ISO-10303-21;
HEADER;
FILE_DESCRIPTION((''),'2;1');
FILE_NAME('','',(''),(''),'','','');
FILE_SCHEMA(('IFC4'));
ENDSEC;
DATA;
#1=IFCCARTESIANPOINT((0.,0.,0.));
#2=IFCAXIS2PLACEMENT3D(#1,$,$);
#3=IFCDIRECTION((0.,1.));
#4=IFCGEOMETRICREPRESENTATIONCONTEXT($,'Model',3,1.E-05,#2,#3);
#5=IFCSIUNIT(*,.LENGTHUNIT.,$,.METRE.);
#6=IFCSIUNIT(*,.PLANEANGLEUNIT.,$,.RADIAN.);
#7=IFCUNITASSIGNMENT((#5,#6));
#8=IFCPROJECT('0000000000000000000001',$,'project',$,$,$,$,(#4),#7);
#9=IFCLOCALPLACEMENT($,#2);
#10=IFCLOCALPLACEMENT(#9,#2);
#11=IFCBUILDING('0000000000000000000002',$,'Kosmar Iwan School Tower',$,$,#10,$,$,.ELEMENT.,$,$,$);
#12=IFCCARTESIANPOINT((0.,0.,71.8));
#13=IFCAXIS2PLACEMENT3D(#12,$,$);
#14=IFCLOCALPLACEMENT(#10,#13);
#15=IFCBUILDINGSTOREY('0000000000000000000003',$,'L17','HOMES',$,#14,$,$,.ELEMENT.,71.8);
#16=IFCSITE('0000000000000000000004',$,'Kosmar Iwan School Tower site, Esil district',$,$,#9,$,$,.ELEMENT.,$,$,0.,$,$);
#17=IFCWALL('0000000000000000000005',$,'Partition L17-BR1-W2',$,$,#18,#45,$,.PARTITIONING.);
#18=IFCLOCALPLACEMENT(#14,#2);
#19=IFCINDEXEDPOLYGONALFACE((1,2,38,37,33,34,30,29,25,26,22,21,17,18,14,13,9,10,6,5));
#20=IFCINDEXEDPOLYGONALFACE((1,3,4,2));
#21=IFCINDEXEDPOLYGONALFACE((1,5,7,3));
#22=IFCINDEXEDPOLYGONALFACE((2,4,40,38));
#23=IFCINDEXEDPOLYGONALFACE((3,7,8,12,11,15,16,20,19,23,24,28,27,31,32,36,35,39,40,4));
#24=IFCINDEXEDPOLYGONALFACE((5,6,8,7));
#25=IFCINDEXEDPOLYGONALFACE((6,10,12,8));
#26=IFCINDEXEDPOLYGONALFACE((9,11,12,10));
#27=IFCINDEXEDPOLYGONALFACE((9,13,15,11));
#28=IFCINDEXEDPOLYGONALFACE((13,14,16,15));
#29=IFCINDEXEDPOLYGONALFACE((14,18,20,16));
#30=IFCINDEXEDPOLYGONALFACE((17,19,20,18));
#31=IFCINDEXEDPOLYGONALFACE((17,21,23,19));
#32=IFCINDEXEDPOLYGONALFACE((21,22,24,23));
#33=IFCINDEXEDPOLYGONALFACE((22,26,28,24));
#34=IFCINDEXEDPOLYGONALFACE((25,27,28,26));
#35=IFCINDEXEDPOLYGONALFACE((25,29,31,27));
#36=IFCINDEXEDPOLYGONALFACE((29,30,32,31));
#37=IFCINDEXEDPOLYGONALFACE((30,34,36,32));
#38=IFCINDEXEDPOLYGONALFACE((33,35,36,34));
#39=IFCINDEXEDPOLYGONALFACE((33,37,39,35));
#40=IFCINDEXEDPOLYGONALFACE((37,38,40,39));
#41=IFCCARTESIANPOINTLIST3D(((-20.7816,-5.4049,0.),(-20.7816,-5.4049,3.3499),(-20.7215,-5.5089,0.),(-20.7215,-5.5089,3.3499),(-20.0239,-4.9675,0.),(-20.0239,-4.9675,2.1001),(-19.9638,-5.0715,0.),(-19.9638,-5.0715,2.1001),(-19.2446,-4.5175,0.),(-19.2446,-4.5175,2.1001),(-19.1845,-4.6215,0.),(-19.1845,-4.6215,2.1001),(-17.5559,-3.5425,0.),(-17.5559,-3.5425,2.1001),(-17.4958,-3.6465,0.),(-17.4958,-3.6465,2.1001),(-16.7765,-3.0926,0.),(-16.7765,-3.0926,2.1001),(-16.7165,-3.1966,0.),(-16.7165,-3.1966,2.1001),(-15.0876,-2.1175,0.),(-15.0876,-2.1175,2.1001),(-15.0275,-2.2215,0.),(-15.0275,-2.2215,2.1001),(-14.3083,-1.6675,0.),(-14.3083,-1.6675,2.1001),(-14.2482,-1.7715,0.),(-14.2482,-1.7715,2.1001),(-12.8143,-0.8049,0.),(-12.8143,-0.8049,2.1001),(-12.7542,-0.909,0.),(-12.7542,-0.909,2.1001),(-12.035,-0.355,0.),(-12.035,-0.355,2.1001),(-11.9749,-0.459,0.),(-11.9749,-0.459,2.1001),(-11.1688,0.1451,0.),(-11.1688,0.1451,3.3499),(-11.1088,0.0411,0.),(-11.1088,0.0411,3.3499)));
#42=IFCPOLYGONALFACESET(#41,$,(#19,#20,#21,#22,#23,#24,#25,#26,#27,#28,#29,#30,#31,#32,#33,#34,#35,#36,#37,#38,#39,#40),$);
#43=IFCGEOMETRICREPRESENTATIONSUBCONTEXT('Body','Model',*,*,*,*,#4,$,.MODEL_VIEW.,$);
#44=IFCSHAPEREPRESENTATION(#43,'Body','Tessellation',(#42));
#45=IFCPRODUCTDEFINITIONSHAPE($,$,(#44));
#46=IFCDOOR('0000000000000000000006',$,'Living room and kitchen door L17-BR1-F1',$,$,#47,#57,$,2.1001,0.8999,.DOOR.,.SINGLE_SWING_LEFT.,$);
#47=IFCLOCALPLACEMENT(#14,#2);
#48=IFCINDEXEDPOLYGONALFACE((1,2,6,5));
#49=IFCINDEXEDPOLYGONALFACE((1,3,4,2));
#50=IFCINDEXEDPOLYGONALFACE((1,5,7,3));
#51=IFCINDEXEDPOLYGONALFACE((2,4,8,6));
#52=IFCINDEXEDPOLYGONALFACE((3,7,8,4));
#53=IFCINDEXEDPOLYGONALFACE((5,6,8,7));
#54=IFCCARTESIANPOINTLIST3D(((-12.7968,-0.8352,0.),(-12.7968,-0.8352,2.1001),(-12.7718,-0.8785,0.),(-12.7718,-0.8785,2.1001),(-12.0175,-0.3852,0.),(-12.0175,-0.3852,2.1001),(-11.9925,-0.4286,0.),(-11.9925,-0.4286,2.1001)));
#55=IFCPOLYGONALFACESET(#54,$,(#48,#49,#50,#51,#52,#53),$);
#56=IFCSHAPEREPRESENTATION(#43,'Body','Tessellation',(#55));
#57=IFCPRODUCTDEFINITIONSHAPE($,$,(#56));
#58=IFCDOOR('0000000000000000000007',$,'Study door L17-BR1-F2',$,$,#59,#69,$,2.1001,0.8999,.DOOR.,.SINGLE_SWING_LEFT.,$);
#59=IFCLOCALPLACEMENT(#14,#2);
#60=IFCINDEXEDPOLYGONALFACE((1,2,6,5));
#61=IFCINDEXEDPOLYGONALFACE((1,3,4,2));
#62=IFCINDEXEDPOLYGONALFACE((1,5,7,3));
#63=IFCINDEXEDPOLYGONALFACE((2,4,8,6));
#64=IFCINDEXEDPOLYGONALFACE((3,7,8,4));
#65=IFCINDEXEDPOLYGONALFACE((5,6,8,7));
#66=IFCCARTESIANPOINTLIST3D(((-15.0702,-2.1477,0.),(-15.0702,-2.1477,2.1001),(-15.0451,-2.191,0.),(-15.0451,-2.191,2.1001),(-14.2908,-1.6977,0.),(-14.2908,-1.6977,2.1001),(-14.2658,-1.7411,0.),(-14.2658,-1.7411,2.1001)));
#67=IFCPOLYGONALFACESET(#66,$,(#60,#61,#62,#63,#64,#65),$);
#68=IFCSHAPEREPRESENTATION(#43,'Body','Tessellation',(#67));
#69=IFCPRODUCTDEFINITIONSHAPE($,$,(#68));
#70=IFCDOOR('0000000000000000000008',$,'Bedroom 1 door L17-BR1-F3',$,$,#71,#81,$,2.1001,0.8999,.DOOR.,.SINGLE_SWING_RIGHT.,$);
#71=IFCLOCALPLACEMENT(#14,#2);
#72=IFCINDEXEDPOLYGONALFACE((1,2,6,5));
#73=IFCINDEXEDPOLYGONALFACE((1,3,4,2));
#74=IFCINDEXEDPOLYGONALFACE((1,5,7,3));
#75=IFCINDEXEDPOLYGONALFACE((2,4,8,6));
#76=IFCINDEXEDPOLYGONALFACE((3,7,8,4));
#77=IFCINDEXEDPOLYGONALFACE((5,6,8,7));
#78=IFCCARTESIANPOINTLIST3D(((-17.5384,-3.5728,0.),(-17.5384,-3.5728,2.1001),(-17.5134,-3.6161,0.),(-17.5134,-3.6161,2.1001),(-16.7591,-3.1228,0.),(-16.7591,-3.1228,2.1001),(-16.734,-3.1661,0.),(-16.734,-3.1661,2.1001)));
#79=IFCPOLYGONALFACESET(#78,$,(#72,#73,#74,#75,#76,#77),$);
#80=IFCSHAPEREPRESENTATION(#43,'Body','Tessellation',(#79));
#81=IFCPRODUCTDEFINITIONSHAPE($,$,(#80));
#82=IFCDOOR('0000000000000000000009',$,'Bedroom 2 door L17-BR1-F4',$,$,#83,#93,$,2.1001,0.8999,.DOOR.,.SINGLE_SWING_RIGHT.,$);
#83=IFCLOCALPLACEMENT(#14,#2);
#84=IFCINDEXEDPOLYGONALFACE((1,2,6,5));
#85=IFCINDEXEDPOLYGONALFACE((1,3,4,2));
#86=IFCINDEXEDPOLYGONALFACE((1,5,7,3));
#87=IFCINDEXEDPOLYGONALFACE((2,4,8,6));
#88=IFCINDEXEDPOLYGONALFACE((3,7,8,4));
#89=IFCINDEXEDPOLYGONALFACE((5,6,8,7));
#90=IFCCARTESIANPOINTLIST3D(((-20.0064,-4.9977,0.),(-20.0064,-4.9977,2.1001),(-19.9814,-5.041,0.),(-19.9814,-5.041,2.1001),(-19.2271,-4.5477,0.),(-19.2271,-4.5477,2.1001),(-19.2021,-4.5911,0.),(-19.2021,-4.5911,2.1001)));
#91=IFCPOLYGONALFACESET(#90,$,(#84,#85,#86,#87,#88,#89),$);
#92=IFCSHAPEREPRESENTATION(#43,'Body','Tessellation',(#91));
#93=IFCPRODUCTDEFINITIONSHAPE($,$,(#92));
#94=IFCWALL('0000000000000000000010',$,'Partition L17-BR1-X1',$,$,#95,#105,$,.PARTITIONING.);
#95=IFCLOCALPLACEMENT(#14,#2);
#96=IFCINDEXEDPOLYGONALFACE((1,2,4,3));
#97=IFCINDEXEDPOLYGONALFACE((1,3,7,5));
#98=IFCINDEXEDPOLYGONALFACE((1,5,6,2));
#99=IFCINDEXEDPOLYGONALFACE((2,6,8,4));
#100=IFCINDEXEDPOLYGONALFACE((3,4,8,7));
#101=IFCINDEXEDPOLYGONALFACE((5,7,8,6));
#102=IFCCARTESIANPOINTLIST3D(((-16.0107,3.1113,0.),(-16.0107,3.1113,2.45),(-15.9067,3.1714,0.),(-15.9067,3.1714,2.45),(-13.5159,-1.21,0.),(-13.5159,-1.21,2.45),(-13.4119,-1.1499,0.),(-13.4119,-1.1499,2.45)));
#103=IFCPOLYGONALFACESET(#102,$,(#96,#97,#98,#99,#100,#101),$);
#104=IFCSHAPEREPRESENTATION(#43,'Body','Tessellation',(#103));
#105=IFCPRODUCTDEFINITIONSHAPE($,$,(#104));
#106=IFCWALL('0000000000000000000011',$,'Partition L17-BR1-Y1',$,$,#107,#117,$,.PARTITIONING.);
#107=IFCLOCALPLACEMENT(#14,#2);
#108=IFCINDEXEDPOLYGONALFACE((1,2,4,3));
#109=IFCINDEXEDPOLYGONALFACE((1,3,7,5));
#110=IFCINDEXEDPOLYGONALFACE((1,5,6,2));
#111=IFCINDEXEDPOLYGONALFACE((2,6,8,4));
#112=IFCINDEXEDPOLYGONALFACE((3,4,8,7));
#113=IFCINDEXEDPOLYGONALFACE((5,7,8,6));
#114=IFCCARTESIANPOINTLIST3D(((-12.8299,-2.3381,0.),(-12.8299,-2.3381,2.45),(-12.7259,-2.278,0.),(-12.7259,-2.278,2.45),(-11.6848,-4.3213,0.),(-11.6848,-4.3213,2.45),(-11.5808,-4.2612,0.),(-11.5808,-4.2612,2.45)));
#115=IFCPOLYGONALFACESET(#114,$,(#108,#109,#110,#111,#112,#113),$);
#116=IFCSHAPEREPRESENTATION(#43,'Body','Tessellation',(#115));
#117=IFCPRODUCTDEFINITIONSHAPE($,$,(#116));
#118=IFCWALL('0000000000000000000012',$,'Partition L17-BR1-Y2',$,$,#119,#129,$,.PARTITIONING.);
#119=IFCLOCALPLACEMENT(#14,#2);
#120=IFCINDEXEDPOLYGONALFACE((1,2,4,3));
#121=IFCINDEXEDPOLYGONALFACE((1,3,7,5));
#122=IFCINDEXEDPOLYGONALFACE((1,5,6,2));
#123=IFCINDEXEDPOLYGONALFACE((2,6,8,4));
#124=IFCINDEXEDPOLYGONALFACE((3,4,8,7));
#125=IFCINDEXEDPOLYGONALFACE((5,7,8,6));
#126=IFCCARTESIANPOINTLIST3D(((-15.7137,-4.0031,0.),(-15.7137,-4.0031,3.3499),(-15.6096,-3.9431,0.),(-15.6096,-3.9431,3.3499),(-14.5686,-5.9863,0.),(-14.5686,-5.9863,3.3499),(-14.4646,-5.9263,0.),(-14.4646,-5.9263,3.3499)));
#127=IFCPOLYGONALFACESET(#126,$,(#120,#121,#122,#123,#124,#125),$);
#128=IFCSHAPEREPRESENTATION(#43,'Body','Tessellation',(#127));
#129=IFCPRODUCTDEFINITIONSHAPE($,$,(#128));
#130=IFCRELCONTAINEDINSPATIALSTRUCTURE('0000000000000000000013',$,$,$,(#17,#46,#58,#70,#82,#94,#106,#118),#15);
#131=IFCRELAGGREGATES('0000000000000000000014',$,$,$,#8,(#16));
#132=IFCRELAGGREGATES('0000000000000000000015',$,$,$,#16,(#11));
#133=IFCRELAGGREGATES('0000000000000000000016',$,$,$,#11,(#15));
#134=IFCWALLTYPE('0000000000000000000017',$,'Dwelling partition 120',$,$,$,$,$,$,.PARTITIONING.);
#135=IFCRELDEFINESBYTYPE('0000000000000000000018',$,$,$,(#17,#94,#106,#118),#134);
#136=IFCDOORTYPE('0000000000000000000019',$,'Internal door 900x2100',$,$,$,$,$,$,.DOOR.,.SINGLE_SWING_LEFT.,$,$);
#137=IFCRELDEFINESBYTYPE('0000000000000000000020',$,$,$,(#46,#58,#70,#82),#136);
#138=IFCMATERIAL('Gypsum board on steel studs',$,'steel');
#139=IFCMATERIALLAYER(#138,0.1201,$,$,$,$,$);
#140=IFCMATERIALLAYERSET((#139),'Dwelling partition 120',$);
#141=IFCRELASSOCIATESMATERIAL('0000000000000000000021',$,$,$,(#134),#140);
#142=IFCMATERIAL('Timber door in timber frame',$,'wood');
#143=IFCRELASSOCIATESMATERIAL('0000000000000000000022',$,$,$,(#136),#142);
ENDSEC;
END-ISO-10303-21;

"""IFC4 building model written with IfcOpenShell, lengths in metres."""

from ifc_helpers import new_model, si_unit, direction, frame, frame_2d, origin, place, context, subcontext, project, spatial, rectangle, extrude, material, layer, layer_set, type_object, element, fill, save


model = new_model("IFC4")

# Units and contexts
model_context = context("Model", 3, precision=1e-05, world=origin(), true_north=direction((0.0, 1.0)))
body_context = subcontext(model_context, "Body", "Model", "MODEL_VIEW")
ifc_project = project(units=[si_unit("LENGTHUNIT", "METRE"), si_unit("PLANEANGLEUNIT", "RADIAN")], contexts=[model_context])

# Site, building, storey
site_placement = place(None, origin())
site = spatial("IfcSite", under=ifc_project, at=site_placement, Name="Kosmar Iwan School Tower site, Esil district", CompositionType="ELEMENT", RefElevation=0.0)
building_placement = place(site_placement, origin())
building = spatial("IfcBuilding", under=site, at=building_placement, Name="Kosmar Iwan School Tower", CompositionType="ELEMENT")
storey_placement = place(building_placement, frame((0.0, 0.0, 71.8)))
storey = spatial("IfcBuildingStorey", under=building, at=storey_placement, Name="L17", Description="HOMES", CompositionType="ELEMENT", Elevation=71.8)

# Wall, openings, doors
ifc_material_1 = material(Name="Gypsum board on steel studs", Category="steel")
ifc_layer = layer(ifc_material_1, 0.1201)
ifc_layer_set = layer_set([ifc_layer], Name="Dwelling partition 120")
wall_type = type_object("IfcWallType", Name="Dwelling partition 120", PredefinedType="PARTITIONING", material=ifc_layer_set)
ifc_material_2 = material(Name="Timber door in timber frame", Category="wood")
door_type_1 = type_object("IfcDoorType", Name="Internal door 900x2100", OperationType="SINGLE_SWING_LEFT", PredefinedType="DOOR", material=ifc_material_2)
wall_1_placement = place(storey_placement, frame((-11.1389, 0.093, 0.0), z_axis=(0.0, 0.0, 1.0), x_axis=(-0.866021, -0.500007, 0.0)))
wall_1 = element("IfcWall", 1, at=wall_1_placement, inside=storey, type_object=wall_type, Name="Partition L17-BR1-W2", PredefinedType="PARTITIONING", context=body_context, shape_type="SweptSolid", body=[
    extrude(rectangle(XDim=11.0999, YDim=0.1201, at=frame_2d((5.5498, 0.0))), origin(), (0.0, 0.0, 1.0), 3.3499),
])
opening_1_placement = place(wall_1_placement, frame((1.0, 0.0, 0.0)))
opening_1 = element("IfcOpeningElement", 2, at=opening_1_placement, cuts=wall_1, PredefinedType="OPENING", context=body_context, shape_type="SweptSolid", body=[
    extrude(rectangle(XDim=0.8999, YDim=2.1001, at=frame_2d((0.45, 1.05))), frame((0.0, 0.072, 0.0), z_axis=(0.0, -1.0, 0.0), x_axis=(1.0, 0.0, 0.0)), (0.0, 0.0, 1.0), 0.144),
])
opening_2_placement = place(wall_1_placement, frame((3.625, 0.0, 0.0)))
opening_2 = element("IfcOpeningElement", 3, at=opening_2_placement, cuts=wall_1, PredefinedType="OPENING", context=body_context, shape_type="SweptSolid", body=[
    extrude(rectangle(XDim=0.8999, YDim=2.1001, at=frame_2d((0.45, 1.05))), frame((0.0, 0.072, 0.0), z_axis=(0.0, -1.0, 0.0), x_axis=(1.0, 0.0, 0.0)), (0.0, 0.0, 1.0), 0.144),
])
opening_3_placement = place(wall_1_placement, frame((6.4751, 0.0, 0.0)))
opening_3 = element("IfcOpeningElement", 4, at=opening_3_placement, cuts=wall_1, PredefinedType="OPENING", context=body_context, shape_type="SweptSolid", body=[
    extrude(rectangle(XDim=0.8999, YDim=2.1001, at=frame_2d((0.45, 1.05))), frame((0.0, 0.072, 0.0), z_axis=(0.0, -1.0, 0.0), x_axis=(1.0, 0.0, 0.0)), (0.0, 0.0, 1.0), 0.144),
])
opening_4_placement = place(wall_1_placement, frame((9.325, 0.0, 0.0)))
opening_4 = element("IfcOpeningElement", 5, at=opening_4_placement, cuts=wall_1, PredefinedType="OPENING", context=body_context, shape_type="SweptSolid", body=[
    extrude(rectangle(XDim=0.8999, YDim=2.1001, at=frame_2d((0.45, 1.05))), frame((0.0, 0.072, 0.0), z_axis=(0.0, -1.0, 0.0), x_axis=(1.0, 0.0, 0.0)), (0.0, 0.0, 1.0), 0.144),
])
door_1_placement = place(opening_1_placement, origin())
door_1 = element("IfcDoor", 6, at=door_1_placement, inside=storey, type_object=door_type_1, Name="Living room and kitchen door L17-BR1-F1", OperationType="SINGLE_SWING_LEFT", OverallHeight=2.1001, OverallWidth=0.8999, PredefinedType="DOOR", context=body_context, shape_type="SweptSolid", body=[
    extrude(rectangle(XDim=0.8999, YDim=2.1001, at=frame_2d((0.45, 1.05))), frame((0.0, 0.0249, 0.0), z_axis=(0.0, -1.0, 0.0), x_axis=(1.0, 0.0, 0.0)), (0.0, 0.0, 1.0), 0.05),
])
fill(opening_1, door_1)
door_2_placement = place(opening_2_placement, origin())
door_2 = element("IfcDoor", 7, at=door_2_placement, inside=storey, type_object=door_type_1, Name="Study door L17-BR1-F2", OperationType="SINGLE_SWING_LEFT", OverallHeight=2.1001, OverallWidth=0.8999, PredefinedType="DOOR", context=body_context, shape_type="SweptSolid", body=[
    extrude(rectangle(XDim=0.8999, YDim=2.1001, at=frame_2d((0.45, 1.05))), frame((0.0, 0.0249, 0.0), z_axis=(0.0, -1.0, 0.0), x_axis=(1.0, 0.0, 0.0)), (0.0, 0.0, 1.0), 0.05),
])
fill(opening_2, door_2)
door_3_placement = place(opening_3_placement, origin())
door_3 = element("IfcDoor", 8, at=door_3_placement, inside=storey, type_object=door_type_1, Name="Bedroom 1 door L17-BR1-F3", OperationType="SINGLE_SWING_RIGHT", OverallHeight=2.1001, OverallWidth=0.8999, PredefinedType="DOOR", context=body_context, shape_type="SweptSolid", body=[
    extrude(rectangle(XDim=0.8999, YDim=2.1001, at=frame_2d((0.45, 1.05))), frame((0.0, 0.0249, 0.0), z_axis=(0.0, -1.0, 0.0), x_axis=(1.0, 0.0, 0.0)), (0.0, 0.0, 1.0), 0.05),
])
fill(opening_3, door_3)
door_4_placement = place(opening_4_placement, origin())
door_4 = element("IfcDoor", 9, at=door_4_placement, inside=storey, type_object=door_type_1, Name="Bedroom 2 door L17-BR1-F4", OperationType="SINGLE_SWING_RIGHT", OverallHeight=2.1001, OverallWidth=0.8999, PredefinedType="DOOR", context=body_context, shape_type="SweptSolid", body=[
    extrude(rectangle(XDim=0.8999, YDim=2.1001, at=frame_2d((0.45, 1.05))), frame((0.0, 0.0249, 0.0), z_axis=(0.0, -1.0, 0.0), x_axis=(1.0, 0.0, 0.0)), (0.0, 0.0, 1.0), 0.05),
])
fill(opening_4, door_4)

# Walls
wall_2_placement = place(storey_placement, frame((-13.4639, -1.1799, 0.0), z_axis=(0.0, 0.0, 1.0), x_axis=(-0.499996, 0.866028, 0.0)))
element("IfcWall", 10, at=wall_2_placement, inside=storey, type_object=wall_type, Name="Partition L17-BR1-X1", PredefinedType="PARTITIONING", context=body_context, shape_type="SweptSolid", body=[
    extrude(rectangle(XDim=4.9897, YDim=0.1201, at=frame_2d((2.4949, 0.0))), origin(), (0.0, 0.0, 1.0), 2.45),
])
wall_3_placement = place(storey_placement, frame((-11.6328, -4.2913, 0.0), z_axis=(0.0, 0.0, 1.0), x_axis=(-0.500015, 0.866017, 0.0)))
element("IfcWall", 11, at=wall_3_placement, inside=storey, type_object=wall_type, Name="Partition L17-BR1-Y1", PredefinedType="PARTITIONING", context=body_context, shape_type="SweptSolid", body=[
    extrude(rectangle(XDim=2.29, YDim=0.1201, at=frame_2d((1.145, 0.0))), origin(), (0.0, 0.0, 1.0), 2.45),
])
wall_4_placement = place(storey_placement, frame((-14.5166, -5.9563, 0.0), z_axis=(0.0, 0.0, 1.0), x_axis=(-0.500015, 0.866017, 0.0)))
element("IfcWall", 12, at=wall_4_placement, inside=storey, type_object=wall_type, Name="Partition L17-BR1-Y2", PredefinedType="PARTITIONING", context=body_context, shape_type="SweptSolid", body=[
    extrude(rectangle(XDim=2.29, YDim=0.1201, at=frame_2d((1.145, 0.0))), origin(), (0.0, 0.0, 1.0), 3.3499),
])

save(model, "model.ifc")
